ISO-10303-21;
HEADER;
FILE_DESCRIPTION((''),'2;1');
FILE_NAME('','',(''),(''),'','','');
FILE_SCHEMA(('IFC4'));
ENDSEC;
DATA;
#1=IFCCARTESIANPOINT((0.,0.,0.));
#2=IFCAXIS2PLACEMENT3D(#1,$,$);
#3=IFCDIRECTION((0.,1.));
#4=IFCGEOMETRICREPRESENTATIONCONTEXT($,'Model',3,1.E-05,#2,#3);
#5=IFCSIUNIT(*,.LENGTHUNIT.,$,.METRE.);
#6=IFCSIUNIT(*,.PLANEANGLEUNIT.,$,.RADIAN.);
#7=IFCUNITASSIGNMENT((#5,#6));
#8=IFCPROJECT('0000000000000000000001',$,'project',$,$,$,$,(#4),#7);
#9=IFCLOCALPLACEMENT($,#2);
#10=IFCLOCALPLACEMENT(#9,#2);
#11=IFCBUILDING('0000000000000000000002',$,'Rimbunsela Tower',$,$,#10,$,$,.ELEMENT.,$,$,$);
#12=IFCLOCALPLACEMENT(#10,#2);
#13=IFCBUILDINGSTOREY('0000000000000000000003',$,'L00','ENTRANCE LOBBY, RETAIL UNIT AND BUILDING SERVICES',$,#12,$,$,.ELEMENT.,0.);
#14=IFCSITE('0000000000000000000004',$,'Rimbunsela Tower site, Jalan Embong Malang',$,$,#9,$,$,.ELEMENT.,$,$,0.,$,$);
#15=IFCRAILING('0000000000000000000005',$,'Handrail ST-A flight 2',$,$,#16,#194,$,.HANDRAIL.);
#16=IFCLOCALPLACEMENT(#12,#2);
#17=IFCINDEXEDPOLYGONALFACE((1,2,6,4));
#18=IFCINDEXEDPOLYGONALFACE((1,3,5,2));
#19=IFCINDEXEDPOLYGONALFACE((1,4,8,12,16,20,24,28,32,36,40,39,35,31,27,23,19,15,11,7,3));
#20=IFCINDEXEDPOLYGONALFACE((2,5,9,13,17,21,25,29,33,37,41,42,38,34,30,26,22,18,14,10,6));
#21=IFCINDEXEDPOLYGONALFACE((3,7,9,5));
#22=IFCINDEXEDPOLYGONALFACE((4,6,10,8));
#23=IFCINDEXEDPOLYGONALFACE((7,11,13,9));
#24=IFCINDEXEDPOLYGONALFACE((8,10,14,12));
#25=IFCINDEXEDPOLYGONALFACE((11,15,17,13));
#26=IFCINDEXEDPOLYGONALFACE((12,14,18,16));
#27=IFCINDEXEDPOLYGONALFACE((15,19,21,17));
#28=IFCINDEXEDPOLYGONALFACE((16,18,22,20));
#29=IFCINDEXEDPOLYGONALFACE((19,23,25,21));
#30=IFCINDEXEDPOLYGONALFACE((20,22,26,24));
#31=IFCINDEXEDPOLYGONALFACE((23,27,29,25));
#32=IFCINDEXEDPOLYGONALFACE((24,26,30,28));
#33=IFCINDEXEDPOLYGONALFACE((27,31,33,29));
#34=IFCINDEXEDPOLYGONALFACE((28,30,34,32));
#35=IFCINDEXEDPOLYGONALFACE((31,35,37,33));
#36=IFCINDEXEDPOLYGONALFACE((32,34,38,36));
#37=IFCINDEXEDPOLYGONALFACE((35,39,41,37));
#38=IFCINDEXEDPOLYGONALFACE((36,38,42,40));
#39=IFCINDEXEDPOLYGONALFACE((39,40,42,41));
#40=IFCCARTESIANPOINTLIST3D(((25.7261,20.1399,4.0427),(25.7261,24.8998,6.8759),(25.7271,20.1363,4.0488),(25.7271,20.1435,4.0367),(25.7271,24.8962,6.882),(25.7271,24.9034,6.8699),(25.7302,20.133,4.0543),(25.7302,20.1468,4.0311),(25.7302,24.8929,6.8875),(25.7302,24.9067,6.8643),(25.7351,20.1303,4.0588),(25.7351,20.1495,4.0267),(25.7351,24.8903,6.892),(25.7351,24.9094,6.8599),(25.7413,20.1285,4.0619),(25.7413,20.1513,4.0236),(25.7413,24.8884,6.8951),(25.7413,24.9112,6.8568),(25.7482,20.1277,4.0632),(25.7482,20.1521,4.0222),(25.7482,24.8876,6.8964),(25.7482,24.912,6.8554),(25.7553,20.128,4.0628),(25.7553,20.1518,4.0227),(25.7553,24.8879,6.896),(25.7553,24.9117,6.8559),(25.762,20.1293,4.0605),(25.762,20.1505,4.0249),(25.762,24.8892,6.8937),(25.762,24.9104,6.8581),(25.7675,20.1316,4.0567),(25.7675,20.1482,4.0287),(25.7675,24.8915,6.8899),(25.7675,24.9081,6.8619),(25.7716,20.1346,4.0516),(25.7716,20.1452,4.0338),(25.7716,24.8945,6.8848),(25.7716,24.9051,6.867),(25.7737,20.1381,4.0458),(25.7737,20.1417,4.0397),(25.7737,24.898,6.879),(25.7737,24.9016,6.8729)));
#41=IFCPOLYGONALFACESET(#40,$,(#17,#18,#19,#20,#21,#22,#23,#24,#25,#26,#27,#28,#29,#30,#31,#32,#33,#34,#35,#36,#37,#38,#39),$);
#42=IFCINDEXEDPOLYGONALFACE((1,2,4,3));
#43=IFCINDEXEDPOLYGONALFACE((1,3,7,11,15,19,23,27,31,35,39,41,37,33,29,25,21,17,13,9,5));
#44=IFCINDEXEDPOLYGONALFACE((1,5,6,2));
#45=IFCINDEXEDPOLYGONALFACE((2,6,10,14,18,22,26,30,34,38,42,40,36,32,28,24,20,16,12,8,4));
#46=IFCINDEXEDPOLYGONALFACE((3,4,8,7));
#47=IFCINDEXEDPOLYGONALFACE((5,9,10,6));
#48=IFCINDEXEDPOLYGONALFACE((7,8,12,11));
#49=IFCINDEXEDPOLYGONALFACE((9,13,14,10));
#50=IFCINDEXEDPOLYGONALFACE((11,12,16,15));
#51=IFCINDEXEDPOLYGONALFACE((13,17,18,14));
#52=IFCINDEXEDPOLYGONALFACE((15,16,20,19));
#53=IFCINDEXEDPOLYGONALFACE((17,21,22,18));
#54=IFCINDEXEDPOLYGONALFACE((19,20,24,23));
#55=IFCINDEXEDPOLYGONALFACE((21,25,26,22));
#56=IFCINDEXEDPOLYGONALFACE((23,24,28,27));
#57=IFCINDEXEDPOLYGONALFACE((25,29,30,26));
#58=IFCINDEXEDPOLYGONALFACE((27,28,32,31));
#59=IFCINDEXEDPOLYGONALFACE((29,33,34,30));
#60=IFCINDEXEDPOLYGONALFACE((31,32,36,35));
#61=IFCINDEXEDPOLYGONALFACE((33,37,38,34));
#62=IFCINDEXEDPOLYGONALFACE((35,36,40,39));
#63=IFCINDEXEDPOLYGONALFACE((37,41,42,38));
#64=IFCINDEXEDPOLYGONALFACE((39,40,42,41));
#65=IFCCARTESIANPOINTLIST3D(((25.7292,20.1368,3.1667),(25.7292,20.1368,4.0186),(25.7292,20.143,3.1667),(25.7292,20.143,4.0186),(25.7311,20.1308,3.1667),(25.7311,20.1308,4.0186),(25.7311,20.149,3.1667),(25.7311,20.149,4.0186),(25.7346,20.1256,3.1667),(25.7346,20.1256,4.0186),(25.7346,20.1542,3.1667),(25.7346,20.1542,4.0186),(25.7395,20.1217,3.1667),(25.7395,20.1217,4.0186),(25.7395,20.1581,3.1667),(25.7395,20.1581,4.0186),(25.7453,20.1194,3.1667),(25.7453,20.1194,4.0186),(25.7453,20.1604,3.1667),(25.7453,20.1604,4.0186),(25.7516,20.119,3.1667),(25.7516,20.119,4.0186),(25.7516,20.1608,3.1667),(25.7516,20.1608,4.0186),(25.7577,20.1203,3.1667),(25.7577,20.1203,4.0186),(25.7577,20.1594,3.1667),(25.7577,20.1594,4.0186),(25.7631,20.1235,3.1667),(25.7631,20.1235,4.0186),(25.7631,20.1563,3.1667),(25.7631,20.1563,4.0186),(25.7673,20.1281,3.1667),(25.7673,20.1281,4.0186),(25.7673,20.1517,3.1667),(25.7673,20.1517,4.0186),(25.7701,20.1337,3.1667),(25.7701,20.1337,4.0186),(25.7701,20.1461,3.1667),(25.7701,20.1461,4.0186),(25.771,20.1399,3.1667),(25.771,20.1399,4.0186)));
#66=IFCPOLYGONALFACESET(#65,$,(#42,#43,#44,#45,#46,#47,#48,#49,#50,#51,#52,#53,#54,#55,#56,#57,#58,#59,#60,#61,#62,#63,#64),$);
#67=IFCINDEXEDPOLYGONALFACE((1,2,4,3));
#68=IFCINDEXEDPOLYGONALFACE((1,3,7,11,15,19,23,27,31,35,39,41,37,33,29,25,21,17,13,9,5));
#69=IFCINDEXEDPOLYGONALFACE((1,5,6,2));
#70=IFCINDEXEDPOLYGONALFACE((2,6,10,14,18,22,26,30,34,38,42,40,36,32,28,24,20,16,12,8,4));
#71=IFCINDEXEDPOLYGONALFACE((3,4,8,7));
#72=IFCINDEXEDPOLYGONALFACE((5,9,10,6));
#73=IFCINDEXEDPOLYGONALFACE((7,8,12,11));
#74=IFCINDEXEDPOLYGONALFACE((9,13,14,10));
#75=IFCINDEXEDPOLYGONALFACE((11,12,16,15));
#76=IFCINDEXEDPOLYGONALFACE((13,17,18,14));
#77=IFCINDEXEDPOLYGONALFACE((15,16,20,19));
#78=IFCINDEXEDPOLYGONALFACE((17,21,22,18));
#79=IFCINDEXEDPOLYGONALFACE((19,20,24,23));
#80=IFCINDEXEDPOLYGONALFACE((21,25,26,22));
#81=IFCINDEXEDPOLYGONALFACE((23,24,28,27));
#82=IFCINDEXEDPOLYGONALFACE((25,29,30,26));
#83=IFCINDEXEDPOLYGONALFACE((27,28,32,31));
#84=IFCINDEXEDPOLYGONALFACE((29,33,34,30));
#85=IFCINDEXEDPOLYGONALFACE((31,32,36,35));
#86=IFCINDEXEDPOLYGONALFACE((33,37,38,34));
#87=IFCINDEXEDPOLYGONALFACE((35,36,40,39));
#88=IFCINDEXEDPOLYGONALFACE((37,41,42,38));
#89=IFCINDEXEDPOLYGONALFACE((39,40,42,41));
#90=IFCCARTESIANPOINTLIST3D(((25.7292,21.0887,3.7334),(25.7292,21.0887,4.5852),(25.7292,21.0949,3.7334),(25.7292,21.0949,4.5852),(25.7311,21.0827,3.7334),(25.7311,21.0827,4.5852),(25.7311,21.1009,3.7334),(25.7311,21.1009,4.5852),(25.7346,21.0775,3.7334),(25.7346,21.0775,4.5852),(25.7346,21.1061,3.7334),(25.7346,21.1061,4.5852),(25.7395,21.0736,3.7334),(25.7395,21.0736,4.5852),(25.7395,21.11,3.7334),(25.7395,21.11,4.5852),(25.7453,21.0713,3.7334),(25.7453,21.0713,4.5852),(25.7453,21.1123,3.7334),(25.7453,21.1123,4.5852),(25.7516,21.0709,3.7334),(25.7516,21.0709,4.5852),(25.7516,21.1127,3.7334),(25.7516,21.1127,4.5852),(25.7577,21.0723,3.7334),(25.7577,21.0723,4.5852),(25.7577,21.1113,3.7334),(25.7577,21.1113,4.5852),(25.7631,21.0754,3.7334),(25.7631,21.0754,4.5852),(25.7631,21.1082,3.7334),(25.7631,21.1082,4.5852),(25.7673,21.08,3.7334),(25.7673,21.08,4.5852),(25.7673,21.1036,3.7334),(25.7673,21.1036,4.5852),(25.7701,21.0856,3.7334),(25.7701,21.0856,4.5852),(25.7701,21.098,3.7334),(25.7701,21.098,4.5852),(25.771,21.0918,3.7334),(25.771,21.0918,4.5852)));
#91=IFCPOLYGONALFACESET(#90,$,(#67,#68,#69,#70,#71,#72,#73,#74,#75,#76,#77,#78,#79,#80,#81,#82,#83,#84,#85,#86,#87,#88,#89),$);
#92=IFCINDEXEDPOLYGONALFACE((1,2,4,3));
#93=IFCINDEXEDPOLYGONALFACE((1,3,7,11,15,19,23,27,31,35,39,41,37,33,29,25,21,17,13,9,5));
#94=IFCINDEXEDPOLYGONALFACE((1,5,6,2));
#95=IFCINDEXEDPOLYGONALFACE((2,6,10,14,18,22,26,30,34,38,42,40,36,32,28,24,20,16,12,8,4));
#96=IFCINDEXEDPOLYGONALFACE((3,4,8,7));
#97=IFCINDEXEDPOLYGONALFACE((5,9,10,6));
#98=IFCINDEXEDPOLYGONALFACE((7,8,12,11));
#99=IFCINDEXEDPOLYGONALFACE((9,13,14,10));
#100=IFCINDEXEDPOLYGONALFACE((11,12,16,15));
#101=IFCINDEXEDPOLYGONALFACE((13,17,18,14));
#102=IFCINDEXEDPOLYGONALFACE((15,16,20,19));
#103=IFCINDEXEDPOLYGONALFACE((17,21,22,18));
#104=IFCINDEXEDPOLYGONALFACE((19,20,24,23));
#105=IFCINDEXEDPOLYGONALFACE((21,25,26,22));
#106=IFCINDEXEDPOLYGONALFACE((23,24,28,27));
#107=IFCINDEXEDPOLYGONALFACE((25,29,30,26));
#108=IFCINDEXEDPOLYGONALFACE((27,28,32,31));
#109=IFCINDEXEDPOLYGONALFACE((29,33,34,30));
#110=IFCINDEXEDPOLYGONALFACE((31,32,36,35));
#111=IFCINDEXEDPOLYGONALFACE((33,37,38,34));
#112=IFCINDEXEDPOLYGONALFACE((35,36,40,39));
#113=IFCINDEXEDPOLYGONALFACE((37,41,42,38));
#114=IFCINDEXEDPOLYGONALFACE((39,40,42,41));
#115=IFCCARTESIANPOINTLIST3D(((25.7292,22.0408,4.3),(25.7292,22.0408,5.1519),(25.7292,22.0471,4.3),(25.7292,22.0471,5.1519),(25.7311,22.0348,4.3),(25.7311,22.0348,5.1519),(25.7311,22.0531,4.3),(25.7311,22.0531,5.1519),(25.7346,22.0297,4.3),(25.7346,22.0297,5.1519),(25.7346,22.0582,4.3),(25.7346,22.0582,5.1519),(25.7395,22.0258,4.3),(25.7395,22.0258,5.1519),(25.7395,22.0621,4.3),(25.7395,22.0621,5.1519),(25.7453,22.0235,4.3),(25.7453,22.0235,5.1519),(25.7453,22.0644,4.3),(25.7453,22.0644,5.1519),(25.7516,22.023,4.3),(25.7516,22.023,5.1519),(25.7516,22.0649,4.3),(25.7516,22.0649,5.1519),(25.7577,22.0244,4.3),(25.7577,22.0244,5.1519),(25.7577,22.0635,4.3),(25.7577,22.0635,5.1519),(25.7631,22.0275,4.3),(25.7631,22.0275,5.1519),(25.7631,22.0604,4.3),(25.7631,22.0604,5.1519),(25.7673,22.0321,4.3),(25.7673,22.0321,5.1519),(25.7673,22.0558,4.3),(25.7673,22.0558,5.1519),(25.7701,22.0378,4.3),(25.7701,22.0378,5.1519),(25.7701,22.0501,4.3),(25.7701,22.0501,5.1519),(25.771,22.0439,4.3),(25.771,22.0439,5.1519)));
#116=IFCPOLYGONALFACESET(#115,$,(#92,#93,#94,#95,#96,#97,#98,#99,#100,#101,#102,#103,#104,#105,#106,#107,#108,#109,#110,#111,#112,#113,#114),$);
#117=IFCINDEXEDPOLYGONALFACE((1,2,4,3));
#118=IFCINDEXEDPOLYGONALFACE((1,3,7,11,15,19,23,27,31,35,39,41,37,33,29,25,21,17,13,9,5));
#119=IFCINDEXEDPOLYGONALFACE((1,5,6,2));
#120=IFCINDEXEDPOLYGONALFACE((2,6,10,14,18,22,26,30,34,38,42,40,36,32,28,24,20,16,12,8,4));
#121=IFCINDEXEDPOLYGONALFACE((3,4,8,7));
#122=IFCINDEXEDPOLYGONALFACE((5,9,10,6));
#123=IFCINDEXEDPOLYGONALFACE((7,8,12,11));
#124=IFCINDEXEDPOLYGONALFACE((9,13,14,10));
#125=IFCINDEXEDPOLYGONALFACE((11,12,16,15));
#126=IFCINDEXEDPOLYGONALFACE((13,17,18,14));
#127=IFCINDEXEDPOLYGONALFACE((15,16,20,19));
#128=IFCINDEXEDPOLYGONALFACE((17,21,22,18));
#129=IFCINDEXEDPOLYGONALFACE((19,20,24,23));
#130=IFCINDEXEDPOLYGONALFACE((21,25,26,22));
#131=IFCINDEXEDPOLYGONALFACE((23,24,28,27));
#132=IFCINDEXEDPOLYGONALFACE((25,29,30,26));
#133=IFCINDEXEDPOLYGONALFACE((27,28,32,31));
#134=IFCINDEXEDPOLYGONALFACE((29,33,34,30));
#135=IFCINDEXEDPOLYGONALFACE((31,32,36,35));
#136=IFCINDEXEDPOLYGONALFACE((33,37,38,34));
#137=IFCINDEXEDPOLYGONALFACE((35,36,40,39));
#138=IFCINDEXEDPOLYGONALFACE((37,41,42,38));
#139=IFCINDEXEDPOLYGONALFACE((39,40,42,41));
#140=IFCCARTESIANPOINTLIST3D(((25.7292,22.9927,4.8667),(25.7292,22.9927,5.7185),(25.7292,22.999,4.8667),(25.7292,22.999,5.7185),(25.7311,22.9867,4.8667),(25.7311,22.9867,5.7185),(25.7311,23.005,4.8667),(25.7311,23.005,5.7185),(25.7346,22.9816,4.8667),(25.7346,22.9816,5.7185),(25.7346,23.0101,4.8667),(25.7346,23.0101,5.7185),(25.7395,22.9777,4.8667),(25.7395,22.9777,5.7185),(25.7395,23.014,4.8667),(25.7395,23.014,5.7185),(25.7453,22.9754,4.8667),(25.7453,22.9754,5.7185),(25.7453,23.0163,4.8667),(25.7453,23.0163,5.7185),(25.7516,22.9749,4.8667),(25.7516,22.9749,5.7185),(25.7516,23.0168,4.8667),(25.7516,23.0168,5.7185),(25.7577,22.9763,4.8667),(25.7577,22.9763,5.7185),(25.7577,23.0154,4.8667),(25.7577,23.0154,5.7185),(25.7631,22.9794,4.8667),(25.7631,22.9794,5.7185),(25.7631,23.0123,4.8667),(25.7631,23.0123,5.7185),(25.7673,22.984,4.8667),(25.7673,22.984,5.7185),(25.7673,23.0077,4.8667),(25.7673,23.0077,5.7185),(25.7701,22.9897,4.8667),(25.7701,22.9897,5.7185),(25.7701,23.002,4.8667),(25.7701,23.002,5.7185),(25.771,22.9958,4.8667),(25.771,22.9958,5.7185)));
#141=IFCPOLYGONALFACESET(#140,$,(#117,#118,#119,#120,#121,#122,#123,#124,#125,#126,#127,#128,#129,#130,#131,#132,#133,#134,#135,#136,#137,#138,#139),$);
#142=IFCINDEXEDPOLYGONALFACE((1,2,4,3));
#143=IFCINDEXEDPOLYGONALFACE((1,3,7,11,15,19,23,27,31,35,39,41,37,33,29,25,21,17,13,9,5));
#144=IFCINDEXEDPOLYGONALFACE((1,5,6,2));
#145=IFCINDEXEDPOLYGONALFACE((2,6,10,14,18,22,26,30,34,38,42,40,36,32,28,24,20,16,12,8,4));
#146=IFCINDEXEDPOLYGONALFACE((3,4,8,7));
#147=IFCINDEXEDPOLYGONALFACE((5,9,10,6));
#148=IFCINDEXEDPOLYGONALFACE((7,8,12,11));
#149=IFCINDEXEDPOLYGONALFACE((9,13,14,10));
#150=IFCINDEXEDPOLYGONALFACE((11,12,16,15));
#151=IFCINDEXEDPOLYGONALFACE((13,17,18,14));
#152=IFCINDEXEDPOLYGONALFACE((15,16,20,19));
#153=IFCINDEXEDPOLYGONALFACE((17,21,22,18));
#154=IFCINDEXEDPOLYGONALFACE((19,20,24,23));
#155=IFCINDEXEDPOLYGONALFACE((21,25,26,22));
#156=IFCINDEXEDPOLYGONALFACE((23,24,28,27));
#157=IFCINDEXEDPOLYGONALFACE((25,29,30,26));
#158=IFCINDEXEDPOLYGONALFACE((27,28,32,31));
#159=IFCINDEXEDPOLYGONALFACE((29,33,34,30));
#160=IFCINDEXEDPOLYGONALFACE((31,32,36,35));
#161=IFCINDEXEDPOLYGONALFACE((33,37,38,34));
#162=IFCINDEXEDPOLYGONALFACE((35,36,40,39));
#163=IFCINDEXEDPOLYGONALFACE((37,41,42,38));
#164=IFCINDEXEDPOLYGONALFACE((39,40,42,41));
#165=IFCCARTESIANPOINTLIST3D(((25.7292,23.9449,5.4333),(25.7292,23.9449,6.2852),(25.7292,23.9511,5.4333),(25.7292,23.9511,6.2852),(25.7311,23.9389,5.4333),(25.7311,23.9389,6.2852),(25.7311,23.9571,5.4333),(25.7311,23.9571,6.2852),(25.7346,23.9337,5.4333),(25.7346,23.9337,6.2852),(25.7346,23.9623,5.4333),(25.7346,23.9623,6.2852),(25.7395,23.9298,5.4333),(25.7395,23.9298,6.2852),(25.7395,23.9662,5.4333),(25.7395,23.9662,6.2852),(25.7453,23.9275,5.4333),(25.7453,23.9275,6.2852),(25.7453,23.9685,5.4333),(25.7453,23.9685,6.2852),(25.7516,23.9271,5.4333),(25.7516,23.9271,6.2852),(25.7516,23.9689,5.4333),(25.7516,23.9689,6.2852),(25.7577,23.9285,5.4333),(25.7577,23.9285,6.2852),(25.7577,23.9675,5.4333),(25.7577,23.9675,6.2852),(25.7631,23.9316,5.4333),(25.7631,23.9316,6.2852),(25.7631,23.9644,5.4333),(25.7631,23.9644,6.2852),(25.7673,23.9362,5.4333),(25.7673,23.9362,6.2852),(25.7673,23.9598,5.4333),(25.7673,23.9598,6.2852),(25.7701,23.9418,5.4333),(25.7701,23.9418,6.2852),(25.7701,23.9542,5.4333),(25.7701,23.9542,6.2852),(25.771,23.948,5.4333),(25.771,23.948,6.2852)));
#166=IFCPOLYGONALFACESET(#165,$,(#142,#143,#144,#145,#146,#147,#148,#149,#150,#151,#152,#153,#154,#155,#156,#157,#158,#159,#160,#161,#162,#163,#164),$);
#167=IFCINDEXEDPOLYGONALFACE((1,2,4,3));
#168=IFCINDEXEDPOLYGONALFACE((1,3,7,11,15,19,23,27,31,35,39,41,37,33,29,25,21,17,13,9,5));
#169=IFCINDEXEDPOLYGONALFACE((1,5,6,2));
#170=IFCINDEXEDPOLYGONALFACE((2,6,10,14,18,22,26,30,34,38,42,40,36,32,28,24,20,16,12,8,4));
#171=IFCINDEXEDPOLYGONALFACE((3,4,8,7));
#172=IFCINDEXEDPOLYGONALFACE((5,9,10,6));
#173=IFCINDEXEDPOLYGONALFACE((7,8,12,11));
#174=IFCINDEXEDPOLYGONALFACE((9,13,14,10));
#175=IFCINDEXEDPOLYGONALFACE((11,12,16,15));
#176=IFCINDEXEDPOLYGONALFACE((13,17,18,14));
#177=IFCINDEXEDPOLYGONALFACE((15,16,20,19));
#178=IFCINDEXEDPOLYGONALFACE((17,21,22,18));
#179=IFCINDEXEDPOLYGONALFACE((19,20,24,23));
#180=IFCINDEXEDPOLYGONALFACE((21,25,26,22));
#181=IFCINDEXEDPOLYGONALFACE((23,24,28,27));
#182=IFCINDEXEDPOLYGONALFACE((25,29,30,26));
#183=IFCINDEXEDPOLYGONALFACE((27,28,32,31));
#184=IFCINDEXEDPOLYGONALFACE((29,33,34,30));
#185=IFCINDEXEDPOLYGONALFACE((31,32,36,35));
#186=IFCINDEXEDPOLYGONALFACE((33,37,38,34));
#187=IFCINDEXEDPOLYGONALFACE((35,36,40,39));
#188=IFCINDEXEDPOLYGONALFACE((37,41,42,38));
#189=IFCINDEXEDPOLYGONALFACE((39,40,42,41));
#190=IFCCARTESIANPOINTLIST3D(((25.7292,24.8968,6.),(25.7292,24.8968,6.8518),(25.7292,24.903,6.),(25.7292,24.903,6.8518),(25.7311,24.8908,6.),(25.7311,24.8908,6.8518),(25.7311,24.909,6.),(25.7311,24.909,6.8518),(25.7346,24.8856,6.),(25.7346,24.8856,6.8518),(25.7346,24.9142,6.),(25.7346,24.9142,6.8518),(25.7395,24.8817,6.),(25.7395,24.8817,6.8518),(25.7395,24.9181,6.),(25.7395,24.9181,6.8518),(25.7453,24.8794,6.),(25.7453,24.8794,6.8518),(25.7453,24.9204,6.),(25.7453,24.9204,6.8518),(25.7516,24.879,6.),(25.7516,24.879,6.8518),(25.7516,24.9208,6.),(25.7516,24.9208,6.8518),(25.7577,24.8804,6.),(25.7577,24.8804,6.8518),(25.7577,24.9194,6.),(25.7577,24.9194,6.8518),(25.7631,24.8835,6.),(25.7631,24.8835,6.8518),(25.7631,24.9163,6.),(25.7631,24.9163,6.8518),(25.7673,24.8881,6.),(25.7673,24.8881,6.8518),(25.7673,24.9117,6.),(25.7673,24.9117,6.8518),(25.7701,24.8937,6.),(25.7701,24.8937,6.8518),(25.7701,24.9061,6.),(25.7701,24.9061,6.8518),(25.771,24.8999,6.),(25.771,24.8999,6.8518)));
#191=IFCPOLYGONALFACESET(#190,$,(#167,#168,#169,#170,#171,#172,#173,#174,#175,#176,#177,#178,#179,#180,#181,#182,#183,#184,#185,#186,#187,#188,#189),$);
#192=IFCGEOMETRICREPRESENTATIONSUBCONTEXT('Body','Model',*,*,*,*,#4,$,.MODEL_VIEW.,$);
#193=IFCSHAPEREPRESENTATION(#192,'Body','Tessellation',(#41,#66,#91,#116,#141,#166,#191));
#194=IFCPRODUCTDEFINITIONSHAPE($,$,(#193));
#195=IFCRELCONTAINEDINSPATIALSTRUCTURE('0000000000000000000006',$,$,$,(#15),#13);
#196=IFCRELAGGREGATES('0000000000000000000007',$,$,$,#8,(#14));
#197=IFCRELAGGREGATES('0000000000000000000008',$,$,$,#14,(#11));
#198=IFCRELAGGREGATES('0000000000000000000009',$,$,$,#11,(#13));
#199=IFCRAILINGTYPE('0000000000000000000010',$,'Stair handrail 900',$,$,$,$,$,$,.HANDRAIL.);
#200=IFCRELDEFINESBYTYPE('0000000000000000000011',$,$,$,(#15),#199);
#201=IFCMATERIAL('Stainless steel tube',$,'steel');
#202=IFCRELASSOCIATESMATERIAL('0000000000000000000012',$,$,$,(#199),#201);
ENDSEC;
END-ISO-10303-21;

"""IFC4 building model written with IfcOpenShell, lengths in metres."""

from ifc_helpers import new_model, si_unit, direction, frame, origin, origin_2d, place, context, subcontext, project, spatial, circle, extrude, material, type_object, element, save


model = new_model("IFC4")

# Units and contexts
model_context = context("Model", 3, precision=1e-05, world=origin(), true_north=direction((0.0, 1.0)))
body_context = subcontext(model_context, "Body", "Model", "MODEL_VIEW")
ifc_project = project(units=[si_unit("LENGTHUNIT", "METRE"), si_unit("PLANEANGLEUNIT", "RADIAN")], contexts=[model_context])

# Site, building, storey
site_placement = place(None, origin())
site = spatial("IfcSite", under=ifc_project, at=site_placement, Name="Rimbunsela Tower site, Jalan Embong Malang", CompositionType="ELEMENT", RefElevation=0.0)
building_placement = place(site_placement, origin())
building = spatial("IfcBuilding", under=site, at=building_placement, Name="Rimbunsela Tower", CompositionType="ELEMENT")
storey_placement = place(building_placement, origin())
storey = spatial("IfcBuildingStorey", under=building, at=storey_placement, Name="L00", Description="ENTRANCE LOBBY, RETAIL UNIT AND BUILDING SERVICES", CompositionType="ELEMENT", Elevation=0.0)

# Railing
ifc_material_1 = material(Name="Stainless steel tube", Category="steel")
railing_type = type_object("IfcRailingType", Name="Stair handrail 900", PredefinedType="HANDRAIL", material=ifc_material_1)
railing_1_placement = place(storey_placement, frame((25.75, 20.1399, 3.1667)))
element("IfcRailing", 1, at=railing_1_placement, inside=storey, type_object=railing_type, Name="Handrail ST-A flight 2", PredefinedType="HANDRAIL", context=body_context, shape_type="SweptSolid", body=[
    extrude(circle(Radius=0.0239, at=origin_2d()), frame((0.0, 0.0, 0.876), z_axis=(0.0, 0.8593, 0.511472), x_axis=(-1.0, 0.0, 0.0)), (0.0, 0.0, 1.0), 5.5393),
    extrude(circle(Radius=0.021, at=origin_2d()), origin(), (0.0, 0.0, 1.0), 0.8518),
    extrude(circle(Radius=0.021, at=origin_2d()), frame((0.0, 0.9519, 0.5667)), (0.0, 0.0, 1.0), 0.8518),
    extrude(circle(Radius=0.021, at=origin_2d()), frame((0.0, 1.9041, 1.1333)), (0.0, 0.0, 1.0), 0.8518),
    extrude(circle(Radius=0.021, at=origin_2d()), frame((0.0, 2.856, 1.7)), (0.0, 0.0, 1.0), 0.8518),
    extrude(circle(Radius=0.021, at=origin_2d()), frame((0.0, 3.8081, 2.2666)), (0.0, 0.0, 1.0), 0.8518),
    extrude(circle(Radius=0.021, at=origin_2d()), frame((0.0, 4.76, 2.8333)), (0.0, 0.0, 1.0), 0.8518),
])

save(model, "model.ifc")
